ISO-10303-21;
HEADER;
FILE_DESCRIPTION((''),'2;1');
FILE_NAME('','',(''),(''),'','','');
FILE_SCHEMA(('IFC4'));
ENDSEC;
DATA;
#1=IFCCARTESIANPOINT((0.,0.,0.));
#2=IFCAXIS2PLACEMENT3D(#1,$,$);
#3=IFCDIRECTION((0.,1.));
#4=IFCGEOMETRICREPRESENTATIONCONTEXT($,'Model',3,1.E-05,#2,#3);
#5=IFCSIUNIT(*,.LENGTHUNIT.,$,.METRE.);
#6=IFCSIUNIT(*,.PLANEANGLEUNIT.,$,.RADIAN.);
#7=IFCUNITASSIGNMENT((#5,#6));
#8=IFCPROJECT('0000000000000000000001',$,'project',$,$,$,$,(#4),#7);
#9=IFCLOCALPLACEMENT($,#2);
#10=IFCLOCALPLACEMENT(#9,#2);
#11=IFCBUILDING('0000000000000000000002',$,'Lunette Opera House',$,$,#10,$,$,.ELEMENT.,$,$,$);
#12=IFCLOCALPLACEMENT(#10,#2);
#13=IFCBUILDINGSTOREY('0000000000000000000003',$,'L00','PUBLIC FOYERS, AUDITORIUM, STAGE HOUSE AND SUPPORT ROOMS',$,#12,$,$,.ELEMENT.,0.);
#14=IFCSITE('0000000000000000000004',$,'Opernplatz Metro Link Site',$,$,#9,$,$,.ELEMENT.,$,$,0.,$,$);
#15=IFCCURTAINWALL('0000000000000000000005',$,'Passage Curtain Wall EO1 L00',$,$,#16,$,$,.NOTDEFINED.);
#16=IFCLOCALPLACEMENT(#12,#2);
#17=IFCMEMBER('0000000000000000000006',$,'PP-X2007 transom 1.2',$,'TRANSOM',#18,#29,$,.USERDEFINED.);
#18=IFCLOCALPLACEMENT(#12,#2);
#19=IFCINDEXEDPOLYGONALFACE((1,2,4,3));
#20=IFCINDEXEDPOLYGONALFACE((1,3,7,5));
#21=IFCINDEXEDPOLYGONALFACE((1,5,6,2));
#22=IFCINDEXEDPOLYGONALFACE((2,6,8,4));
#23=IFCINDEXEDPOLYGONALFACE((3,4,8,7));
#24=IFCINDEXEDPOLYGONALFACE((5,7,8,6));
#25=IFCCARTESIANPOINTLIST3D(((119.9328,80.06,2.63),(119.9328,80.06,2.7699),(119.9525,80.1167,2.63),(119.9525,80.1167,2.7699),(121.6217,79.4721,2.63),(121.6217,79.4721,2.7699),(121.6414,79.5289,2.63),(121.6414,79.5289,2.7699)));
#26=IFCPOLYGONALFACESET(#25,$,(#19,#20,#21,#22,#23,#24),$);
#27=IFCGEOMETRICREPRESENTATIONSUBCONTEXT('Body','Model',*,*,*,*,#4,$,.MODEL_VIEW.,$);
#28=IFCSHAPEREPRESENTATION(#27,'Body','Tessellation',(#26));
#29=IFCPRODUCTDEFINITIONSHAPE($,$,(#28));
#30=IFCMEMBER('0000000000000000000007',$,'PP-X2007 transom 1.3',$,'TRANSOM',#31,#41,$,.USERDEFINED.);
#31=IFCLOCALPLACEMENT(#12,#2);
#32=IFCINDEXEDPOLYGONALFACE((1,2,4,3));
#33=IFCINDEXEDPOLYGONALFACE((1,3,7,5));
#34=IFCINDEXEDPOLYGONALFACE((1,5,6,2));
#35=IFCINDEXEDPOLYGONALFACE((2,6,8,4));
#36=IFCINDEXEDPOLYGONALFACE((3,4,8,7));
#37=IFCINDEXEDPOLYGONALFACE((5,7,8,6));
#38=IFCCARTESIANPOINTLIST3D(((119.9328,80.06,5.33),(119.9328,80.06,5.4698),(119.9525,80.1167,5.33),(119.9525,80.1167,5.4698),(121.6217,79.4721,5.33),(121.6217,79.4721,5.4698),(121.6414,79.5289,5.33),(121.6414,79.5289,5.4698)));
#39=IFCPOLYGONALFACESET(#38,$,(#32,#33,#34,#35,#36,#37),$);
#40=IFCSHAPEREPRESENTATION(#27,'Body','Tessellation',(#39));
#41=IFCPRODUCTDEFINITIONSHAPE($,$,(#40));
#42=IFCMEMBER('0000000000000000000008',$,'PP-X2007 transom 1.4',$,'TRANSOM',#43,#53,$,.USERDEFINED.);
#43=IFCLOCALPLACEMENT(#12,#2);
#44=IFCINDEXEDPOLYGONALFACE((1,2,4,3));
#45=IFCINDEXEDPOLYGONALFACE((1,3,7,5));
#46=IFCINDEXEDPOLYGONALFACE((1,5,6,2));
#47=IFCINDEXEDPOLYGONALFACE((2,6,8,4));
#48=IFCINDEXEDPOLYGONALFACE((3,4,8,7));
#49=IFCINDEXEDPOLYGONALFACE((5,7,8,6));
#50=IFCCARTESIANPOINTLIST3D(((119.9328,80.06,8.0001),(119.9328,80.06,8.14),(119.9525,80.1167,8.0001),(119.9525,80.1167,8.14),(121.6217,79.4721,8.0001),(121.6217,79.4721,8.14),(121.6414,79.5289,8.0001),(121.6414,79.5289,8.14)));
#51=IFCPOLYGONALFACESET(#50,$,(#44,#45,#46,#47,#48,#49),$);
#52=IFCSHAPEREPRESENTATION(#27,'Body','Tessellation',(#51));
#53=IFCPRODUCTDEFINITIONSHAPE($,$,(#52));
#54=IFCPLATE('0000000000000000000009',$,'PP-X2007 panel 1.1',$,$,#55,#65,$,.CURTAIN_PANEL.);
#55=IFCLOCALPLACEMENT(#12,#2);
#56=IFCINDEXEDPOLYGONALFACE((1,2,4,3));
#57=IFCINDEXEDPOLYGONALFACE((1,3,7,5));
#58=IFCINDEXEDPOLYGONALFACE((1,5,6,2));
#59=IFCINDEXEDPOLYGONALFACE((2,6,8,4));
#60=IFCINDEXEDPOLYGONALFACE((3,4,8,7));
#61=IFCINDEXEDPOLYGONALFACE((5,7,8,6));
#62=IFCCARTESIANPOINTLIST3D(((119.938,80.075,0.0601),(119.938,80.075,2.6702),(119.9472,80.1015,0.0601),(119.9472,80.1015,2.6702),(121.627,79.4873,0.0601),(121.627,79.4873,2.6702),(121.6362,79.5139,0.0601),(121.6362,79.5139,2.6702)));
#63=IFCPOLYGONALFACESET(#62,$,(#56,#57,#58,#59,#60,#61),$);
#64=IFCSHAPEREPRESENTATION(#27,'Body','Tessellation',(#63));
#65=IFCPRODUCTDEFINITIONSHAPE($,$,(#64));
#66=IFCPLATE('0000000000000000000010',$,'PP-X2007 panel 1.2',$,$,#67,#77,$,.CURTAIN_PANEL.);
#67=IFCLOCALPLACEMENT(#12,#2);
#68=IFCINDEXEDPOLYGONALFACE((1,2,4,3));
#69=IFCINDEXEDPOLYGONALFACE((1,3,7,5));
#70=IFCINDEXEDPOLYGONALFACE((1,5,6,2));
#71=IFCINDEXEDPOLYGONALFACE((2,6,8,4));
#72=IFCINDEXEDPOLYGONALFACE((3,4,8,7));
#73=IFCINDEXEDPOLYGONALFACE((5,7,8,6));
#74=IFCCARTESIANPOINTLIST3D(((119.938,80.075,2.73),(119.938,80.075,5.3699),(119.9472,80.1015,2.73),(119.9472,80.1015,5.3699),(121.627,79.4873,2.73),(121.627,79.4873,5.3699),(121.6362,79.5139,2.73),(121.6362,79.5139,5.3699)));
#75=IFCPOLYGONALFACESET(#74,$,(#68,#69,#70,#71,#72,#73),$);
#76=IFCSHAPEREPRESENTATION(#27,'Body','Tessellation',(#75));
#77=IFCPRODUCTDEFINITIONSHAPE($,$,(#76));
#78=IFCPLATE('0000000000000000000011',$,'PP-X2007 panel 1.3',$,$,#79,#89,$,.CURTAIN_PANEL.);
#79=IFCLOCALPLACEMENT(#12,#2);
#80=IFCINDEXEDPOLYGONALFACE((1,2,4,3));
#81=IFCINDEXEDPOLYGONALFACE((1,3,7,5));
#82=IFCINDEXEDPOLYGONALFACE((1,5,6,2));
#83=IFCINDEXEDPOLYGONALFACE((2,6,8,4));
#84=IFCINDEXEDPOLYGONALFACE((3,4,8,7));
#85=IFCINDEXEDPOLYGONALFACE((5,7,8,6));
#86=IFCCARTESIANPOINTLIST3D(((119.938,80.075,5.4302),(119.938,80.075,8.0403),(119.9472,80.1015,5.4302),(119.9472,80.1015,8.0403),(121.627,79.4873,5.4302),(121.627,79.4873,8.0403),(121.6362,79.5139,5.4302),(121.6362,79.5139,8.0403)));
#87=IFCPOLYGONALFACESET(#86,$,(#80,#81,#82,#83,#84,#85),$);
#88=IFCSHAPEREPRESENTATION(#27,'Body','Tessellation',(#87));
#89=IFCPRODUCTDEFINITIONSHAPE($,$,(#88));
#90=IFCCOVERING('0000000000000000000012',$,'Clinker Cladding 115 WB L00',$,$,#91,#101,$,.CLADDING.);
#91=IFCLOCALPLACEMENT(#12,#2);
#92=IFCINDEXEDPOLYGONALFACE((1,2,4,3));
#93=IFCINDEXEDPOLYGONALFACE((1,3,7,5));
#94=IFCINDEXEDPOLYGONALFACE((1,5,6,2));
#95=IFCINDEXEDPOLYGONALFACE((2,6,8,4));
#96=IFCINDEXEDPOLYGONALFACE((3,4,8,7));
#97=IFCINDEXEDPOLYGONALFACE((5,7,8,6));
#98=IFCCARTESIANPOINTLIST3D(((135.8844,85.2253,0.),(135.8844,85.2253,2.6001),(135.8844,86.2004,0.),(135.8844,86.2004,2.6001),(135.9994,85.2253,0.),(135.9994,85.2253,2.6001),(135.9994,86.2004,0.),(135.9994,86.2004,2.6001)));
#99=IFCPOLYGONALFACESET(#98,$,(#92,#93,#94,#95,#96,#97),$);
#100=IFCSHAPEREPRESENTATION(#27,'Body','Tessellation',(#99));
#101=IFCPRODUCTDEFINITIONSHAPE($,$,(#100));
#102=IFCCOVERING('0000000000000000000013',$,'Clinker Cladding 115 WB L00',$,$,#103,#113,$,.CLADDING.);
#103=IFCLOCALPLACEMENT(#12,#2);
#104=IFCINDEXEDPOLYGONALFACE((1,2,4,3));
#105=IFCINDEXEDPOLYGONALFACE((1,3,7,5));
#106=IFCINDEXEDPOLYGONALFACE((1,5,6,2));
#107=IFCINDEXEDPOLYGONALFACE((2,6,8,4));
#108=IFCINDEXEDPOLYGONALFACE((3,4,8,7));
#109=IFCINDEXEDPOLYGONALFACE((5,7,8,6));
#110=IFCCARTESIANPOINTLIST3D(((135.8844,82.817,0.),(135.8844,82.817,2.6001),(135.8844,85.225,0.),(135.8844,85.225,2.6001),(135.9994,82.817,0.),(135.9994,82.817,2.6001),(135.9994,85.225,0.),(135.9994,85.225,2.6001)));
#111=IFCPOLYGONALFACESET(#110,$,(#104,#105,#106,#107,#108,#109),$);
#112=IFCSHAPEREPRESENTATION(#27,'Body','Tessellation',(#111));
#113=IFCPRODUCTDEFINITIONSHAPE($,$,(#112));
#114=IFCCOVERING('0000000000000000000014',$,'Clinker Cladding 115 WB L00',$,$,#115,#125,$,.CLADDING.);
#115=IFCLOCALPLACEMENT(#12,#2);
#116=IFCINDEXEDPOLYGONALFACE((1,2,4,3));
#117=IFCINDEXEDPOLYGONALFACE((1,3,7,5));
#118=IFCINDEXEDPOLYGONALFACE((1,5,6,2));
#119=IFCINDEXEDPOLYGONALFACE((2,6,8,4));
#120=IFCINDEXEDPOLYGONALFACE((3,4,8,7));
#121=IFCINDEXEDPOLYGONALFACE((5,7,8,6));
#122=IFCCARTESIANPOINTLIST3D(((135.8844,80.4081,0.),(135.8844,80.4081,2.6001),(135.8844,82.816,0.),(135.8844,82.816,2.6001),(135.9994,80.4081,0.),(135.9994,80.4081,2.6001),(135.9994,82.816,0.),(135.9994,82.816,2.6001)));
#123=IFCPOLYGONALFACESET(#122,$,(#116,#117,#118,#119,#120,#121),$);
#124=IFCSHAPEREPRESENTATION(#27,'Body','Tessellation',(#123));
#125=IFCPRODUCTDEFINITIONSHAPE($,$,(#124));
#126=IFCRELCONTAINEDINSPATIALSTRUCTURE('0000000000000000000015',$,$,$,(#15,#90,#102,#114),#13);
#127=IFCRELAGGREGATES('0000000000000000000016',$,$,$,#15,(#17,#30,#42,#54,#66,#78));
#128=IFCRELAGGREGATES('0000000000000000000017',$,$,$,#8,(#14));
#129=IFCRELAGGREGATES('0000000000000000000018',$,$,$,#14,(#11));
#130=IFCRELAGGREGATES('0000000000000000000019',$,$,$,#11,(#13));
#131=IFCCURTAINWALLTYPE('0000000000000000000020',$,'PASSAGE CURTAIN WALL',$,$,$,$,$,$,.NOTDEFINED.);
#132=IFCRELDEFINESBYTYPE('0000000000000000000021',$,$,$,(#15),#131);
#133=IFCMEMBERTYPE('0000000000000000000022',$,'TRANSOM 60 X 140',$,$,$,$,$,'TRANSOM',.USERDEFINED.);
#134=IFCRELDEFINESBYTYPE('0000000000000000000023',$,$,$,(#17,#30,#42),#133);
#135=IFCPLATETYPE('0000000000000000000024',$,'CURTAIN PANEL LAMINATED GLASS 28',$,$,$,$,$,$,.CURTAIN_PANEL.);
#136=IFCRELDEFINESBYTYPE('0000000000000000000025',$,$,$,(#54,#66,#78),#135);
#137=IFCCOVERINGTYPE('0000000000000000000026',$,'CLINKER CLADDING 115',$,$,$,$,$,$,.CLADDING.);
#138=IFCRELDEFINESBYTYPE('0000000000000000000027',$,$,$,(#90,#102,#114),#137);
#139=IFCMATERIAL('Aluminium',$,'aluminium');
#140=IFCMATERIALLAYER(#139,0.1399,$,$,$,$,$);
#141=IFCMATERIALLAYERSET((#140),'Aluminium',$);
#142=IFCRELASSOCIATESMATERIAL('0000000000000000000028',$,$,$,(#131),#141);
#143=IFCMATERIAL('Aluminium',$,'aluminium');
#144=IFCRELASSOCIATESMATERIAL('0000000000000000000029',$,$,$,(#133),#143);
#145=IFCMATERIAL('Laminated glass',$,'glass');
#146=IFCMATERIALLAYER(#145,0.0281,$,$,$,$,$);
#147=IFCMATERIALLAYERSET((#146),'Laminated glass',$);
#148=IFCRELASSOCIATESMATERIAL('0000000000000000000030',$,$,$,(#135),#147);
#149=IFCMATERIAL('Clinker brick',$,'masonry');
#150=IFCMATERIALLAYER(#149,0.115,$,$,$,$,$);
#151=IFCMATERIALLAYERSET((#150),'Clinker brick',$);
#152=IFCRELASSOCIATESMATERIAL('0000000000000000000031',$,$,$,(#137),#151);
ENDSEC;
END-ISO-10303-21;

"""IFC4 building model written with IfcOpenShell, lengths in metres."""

from ifc_helpers import new_model, si_unit, direction, frame, origin, origin_2d, place, context, subcontext, project, spatial, rectangle, extrude, material, layer, layer_set, material_profile, profile_set, type_object, element, aggregate, save


model = new_model("IFC4")

# Units and contexts
model_context = context("Model", 3, precision=1e-05, world=origin(), true_north=direction((0.0, 1.0)))
body_context = subcontext(model_context, "Body", "Model", "MODEL_VIEW")
ifc_project = project(units=[si_unit("LENGTHUNIT", "METRE"), si_unit("PLANEANGLEUNIT", "RADIAN")], contexts=[model_context])

# Site, building, storey
site_placement = place(None, origin())
site = spatial("IfcSite", under=ifc_project, at=site_placement, Name="Opernplatz Metro Link Site", CompositionType="ELEMENT", RefElevation=0.0)
building_placement = place(site_placement, origin())
building = spatial("IfcBuilding", under=site, at=building_placement, Name="Lunette Opera House", CompositionType="ELEMENT")
storey_placement = place(building_placement, origin())
storey = spatial("IfcBuildingStorey", under=building, at=storey_placement, Name="L00", Description="PUBLIC FOYERS, AUDITORIUM, STAGE HOUSE AND SUPPORT ROOMS", CompositionType="ELEMENT", Elevation=0.0)

# Curtain wall
ifc_material_1 = material(Name="Aluminium", Category="aluminium")
ifc_layer_1 = layer(ifc_material_1, 0.1399)
ifc_layer_set_1 = layer_set([ifc_layer_1], Name="Aluminium")
curtain_wall_type = type_object("IfcCurtainWallType", Name="PASSAGE CURTAIN WALL", PredefinedType="NOTDEFINED", material=ifc_layer_set_1)
curtain_wall_placement = place(storey_placement, origin())
curtain_wall = element("IfcCurtainWall", 1, at=curtain_wall_placement, inside=storey, type_object=curtain_wall_type, Name="Passage Curtain Wall EO1 L00", PredefinedType="NOTDEFINED")

# Members
ifc_material_2 = material(Name="Aluminium", Category="aluminium")
ifc_material_profile_1 = material_profile(ifc_material_2, rectangle(XDim=0.0601, YDim=0.1399, at=origin_2d()), Name="TRANSOM 60 X 140")
ifc_profile_set_1 = profile_set([ifc_material_profile_1], Name="Aluminium")
member_type_1 = type_object("IfcMemberType", Name="TRANSOM 60 X 140", ElementType="TRANSOM", PredefinedType="USERDEFINED", material=ifc_profile_set_1)
member_1_placement = place(storey_placement, frame((119.9426, 80.0884, 2.7), z_axis=(0.944423, -0.328732, 0.0), x_axis=(0.328732, 0.944423, 0.0)))
member_1 = element("IfcMember", 2, at=member_1_placement, type_object=member_type_1, Name="PP-X2007 transom 1.2", ObjectType="TRANSOM", PredefinedType="USERDEFINED", context=body_context, shape_type="SweptSolid", body=[
    extrude(rectangle(XDim=0.0601, YDim=0.1399, at=origin_2d()), origin(), (0.0, 0.0, 1.0), 1.7883),
])
member_2_placement = place(storey_placement, frame((119.9426, 80.0884, 5.3999), z_axis=(0.944423, -0.328732, 0.0), x_axis=(0.328732, 0.944423, 0.0)))
member_2 = element("IfcMember", 3, at=member_2_placement, type_object=member_type_1, Name="PP-X2007 transom 1.3", ObjectType="TRANSOM", PredefinedType="USERDEFINED", context=body_context, shape_type="SweptSolid", body=[
    extrude(rectangle(XDim=0.0601, YDim=0.1399, at=origin_2d()), origin(), (0.0, 0.0, 1.0), 1.7883),
])
member_3_placement = place(storey_placement, frame((119.9426, 80.0884, 8.0701), z_axis=(0.944423, -0.328732, 0.0), x_axis=(0.328732, 0.944423, 0.0)))
member_3 = element("IfcMember", 4, at=member_3_placement, type_object=member_type_1, Name="PP-X2007 transom 1.4", ObjectType="TRANSOM", PredefinedType="USERDEFINED", context=body_context, shape_type="SweptSolid", body=[
    extrude(rectangle(XDim=0.0601, YDim=0.1399, at=origin_2d()), origin(), (0.0, 0.0, 1.0), 1.7883),
])

# Plates
ifc_material_3 = material(Name="Laminated glass", Category="glass")
ifc_layer_2 = layer(ifc_material_3, 0.0281)
ifc_layer_set_2 = layer_set([ifc_layer_2], Name="Laminated glass")
plate_type = type_object("IfcPlateType", Name="CURTAIN PANEL LAMINATED GLASS 28", PredefinedType="CURTAIN_PANEL", material=ifc_layer_set_2)
plate_1_placement = place(storey_placement, frame((120.7871, 79.7944, 0.0601), z_axis=(0.0, 0.0, 1.0), x_axis=(0.944463, -0.328619, 0.0)))
plate_1 = element("IfcPlate", 5, at=plate_1_placement, type_object=plate_type, Name="PP-X2007 panel 1.1", PredefinedType="CURTAIN_PANEL", context=body_context, shape_type="SweptSolid", body=[
    extrude(rectangle(XDim=1.7883, YDim=0.0281, at=origin_2d()), origin(), (0.0, 0.0, 1.0), 2.6101),
])
plate_2_placement = place(storey_placement, frame((120.7871, 79.7944, 2.73), z_axis=(0.0, 0.0, 1.0), x_axis=(0.944463, -0.328619, 0.0)))
plate_2 = element("IfcPlate", 6, at=plate_2_placement, type_object=plate_type, Name="PP-X2007 panel 1.2", PredefinedType="CURTAIN_PANEL", context=body_context, shape_type="SweptSolid", body=[
    extrude(rectangle(XDim=1.7883, YDim=0.0281, at=origin_2d()), origin(), (0.0, 0.0, 1.0), 2.6399),
])
plate_3_placement = place(storey_placement, frame((120.7871, 79.7944, 5.4302), z_axis=(0.0, 0.0, 1.0), x_axis=(0.944463, -0.328619, 0.0)))
plate_3 = element("IfcPlate", 7, at=plate_3_placement, type_object=plate_type, Name="PP-X2007 panel 1.3", PredefinedType="CURTAIN_PANEL", context=body_context, shape_type="SweptSolid", body=[
    extrude(rectangle(XDim=1.7883, YDim=0.0281, at=origin_2d()), origin(), (0.0, 0.0, 1.0), 2.6101),
])
aggregate(curtain_wall, [member_1, member_2, member_3, plate_1, plate_2, plate_3])

# Coverings
ifc_material_4 = material(Name="Clinker brick", Category="masonry")
ifc_layer_3 = layer(ifc_material_4, 0.115)
ifc_layer_set_3 = layer_set([ifc_layer_3], Name="Clinker brick")
covering_type = type_object("IfcCoveringType", Name="CLINKER CLADDING 115", PredefinedType="CLADDING", material=ifc_layer_set_3)
covering_placement = place(storey_placement, frame((135.9419, 85.7129, 0.0), z_axis=(0.0, 0.0, 1.0), x_axis=(0.0, -1.0, 0.0)))
element("IfcCovering", 8, at=covering_placement, inside=storey, type_object=covering_type, Name="Clinker Cladding 115 WB L00", PredefinedType="CLADDING", context=body_context, shape_type="SweptSolid", body=[
    extrude(rectangle(XDim=0.9751, YDim=0.115, at=origin_2d()), origin(), (0.0, 0.0, 1.0), 2.6001),
])
for number, where, z_axis, x_axis, name in (
    (9, (135.9419, 84.021, 0.0), (0.0, 0.0, 1.0), (0.0, -1.0, 0.0), "Clinker Cladding 115 WB L00"),
    (10, (135.9419, 81.6121, 0.0), (0.0, 0.0, 1.0), (0.0, -1.0, 0.0), "Clinker Cladding 115 WB L00"),
):
    element("IfcCovering", number, at=place(storey_placement, frame(where, z_axis=z_axis, x_axis=x_axis)), inside=storey, type_object=covering_type, Name=name, PredefinedType="CLADDING", context=body_context, shape_type="SweptSolid", body=[
        extrude(rectangle(XDim=2.408, YDim=0.115, at=origin_2d()), origin(), (0.0, 0.0, 1.0), 2.6001),
    ])

save(model, "model.ifc")
